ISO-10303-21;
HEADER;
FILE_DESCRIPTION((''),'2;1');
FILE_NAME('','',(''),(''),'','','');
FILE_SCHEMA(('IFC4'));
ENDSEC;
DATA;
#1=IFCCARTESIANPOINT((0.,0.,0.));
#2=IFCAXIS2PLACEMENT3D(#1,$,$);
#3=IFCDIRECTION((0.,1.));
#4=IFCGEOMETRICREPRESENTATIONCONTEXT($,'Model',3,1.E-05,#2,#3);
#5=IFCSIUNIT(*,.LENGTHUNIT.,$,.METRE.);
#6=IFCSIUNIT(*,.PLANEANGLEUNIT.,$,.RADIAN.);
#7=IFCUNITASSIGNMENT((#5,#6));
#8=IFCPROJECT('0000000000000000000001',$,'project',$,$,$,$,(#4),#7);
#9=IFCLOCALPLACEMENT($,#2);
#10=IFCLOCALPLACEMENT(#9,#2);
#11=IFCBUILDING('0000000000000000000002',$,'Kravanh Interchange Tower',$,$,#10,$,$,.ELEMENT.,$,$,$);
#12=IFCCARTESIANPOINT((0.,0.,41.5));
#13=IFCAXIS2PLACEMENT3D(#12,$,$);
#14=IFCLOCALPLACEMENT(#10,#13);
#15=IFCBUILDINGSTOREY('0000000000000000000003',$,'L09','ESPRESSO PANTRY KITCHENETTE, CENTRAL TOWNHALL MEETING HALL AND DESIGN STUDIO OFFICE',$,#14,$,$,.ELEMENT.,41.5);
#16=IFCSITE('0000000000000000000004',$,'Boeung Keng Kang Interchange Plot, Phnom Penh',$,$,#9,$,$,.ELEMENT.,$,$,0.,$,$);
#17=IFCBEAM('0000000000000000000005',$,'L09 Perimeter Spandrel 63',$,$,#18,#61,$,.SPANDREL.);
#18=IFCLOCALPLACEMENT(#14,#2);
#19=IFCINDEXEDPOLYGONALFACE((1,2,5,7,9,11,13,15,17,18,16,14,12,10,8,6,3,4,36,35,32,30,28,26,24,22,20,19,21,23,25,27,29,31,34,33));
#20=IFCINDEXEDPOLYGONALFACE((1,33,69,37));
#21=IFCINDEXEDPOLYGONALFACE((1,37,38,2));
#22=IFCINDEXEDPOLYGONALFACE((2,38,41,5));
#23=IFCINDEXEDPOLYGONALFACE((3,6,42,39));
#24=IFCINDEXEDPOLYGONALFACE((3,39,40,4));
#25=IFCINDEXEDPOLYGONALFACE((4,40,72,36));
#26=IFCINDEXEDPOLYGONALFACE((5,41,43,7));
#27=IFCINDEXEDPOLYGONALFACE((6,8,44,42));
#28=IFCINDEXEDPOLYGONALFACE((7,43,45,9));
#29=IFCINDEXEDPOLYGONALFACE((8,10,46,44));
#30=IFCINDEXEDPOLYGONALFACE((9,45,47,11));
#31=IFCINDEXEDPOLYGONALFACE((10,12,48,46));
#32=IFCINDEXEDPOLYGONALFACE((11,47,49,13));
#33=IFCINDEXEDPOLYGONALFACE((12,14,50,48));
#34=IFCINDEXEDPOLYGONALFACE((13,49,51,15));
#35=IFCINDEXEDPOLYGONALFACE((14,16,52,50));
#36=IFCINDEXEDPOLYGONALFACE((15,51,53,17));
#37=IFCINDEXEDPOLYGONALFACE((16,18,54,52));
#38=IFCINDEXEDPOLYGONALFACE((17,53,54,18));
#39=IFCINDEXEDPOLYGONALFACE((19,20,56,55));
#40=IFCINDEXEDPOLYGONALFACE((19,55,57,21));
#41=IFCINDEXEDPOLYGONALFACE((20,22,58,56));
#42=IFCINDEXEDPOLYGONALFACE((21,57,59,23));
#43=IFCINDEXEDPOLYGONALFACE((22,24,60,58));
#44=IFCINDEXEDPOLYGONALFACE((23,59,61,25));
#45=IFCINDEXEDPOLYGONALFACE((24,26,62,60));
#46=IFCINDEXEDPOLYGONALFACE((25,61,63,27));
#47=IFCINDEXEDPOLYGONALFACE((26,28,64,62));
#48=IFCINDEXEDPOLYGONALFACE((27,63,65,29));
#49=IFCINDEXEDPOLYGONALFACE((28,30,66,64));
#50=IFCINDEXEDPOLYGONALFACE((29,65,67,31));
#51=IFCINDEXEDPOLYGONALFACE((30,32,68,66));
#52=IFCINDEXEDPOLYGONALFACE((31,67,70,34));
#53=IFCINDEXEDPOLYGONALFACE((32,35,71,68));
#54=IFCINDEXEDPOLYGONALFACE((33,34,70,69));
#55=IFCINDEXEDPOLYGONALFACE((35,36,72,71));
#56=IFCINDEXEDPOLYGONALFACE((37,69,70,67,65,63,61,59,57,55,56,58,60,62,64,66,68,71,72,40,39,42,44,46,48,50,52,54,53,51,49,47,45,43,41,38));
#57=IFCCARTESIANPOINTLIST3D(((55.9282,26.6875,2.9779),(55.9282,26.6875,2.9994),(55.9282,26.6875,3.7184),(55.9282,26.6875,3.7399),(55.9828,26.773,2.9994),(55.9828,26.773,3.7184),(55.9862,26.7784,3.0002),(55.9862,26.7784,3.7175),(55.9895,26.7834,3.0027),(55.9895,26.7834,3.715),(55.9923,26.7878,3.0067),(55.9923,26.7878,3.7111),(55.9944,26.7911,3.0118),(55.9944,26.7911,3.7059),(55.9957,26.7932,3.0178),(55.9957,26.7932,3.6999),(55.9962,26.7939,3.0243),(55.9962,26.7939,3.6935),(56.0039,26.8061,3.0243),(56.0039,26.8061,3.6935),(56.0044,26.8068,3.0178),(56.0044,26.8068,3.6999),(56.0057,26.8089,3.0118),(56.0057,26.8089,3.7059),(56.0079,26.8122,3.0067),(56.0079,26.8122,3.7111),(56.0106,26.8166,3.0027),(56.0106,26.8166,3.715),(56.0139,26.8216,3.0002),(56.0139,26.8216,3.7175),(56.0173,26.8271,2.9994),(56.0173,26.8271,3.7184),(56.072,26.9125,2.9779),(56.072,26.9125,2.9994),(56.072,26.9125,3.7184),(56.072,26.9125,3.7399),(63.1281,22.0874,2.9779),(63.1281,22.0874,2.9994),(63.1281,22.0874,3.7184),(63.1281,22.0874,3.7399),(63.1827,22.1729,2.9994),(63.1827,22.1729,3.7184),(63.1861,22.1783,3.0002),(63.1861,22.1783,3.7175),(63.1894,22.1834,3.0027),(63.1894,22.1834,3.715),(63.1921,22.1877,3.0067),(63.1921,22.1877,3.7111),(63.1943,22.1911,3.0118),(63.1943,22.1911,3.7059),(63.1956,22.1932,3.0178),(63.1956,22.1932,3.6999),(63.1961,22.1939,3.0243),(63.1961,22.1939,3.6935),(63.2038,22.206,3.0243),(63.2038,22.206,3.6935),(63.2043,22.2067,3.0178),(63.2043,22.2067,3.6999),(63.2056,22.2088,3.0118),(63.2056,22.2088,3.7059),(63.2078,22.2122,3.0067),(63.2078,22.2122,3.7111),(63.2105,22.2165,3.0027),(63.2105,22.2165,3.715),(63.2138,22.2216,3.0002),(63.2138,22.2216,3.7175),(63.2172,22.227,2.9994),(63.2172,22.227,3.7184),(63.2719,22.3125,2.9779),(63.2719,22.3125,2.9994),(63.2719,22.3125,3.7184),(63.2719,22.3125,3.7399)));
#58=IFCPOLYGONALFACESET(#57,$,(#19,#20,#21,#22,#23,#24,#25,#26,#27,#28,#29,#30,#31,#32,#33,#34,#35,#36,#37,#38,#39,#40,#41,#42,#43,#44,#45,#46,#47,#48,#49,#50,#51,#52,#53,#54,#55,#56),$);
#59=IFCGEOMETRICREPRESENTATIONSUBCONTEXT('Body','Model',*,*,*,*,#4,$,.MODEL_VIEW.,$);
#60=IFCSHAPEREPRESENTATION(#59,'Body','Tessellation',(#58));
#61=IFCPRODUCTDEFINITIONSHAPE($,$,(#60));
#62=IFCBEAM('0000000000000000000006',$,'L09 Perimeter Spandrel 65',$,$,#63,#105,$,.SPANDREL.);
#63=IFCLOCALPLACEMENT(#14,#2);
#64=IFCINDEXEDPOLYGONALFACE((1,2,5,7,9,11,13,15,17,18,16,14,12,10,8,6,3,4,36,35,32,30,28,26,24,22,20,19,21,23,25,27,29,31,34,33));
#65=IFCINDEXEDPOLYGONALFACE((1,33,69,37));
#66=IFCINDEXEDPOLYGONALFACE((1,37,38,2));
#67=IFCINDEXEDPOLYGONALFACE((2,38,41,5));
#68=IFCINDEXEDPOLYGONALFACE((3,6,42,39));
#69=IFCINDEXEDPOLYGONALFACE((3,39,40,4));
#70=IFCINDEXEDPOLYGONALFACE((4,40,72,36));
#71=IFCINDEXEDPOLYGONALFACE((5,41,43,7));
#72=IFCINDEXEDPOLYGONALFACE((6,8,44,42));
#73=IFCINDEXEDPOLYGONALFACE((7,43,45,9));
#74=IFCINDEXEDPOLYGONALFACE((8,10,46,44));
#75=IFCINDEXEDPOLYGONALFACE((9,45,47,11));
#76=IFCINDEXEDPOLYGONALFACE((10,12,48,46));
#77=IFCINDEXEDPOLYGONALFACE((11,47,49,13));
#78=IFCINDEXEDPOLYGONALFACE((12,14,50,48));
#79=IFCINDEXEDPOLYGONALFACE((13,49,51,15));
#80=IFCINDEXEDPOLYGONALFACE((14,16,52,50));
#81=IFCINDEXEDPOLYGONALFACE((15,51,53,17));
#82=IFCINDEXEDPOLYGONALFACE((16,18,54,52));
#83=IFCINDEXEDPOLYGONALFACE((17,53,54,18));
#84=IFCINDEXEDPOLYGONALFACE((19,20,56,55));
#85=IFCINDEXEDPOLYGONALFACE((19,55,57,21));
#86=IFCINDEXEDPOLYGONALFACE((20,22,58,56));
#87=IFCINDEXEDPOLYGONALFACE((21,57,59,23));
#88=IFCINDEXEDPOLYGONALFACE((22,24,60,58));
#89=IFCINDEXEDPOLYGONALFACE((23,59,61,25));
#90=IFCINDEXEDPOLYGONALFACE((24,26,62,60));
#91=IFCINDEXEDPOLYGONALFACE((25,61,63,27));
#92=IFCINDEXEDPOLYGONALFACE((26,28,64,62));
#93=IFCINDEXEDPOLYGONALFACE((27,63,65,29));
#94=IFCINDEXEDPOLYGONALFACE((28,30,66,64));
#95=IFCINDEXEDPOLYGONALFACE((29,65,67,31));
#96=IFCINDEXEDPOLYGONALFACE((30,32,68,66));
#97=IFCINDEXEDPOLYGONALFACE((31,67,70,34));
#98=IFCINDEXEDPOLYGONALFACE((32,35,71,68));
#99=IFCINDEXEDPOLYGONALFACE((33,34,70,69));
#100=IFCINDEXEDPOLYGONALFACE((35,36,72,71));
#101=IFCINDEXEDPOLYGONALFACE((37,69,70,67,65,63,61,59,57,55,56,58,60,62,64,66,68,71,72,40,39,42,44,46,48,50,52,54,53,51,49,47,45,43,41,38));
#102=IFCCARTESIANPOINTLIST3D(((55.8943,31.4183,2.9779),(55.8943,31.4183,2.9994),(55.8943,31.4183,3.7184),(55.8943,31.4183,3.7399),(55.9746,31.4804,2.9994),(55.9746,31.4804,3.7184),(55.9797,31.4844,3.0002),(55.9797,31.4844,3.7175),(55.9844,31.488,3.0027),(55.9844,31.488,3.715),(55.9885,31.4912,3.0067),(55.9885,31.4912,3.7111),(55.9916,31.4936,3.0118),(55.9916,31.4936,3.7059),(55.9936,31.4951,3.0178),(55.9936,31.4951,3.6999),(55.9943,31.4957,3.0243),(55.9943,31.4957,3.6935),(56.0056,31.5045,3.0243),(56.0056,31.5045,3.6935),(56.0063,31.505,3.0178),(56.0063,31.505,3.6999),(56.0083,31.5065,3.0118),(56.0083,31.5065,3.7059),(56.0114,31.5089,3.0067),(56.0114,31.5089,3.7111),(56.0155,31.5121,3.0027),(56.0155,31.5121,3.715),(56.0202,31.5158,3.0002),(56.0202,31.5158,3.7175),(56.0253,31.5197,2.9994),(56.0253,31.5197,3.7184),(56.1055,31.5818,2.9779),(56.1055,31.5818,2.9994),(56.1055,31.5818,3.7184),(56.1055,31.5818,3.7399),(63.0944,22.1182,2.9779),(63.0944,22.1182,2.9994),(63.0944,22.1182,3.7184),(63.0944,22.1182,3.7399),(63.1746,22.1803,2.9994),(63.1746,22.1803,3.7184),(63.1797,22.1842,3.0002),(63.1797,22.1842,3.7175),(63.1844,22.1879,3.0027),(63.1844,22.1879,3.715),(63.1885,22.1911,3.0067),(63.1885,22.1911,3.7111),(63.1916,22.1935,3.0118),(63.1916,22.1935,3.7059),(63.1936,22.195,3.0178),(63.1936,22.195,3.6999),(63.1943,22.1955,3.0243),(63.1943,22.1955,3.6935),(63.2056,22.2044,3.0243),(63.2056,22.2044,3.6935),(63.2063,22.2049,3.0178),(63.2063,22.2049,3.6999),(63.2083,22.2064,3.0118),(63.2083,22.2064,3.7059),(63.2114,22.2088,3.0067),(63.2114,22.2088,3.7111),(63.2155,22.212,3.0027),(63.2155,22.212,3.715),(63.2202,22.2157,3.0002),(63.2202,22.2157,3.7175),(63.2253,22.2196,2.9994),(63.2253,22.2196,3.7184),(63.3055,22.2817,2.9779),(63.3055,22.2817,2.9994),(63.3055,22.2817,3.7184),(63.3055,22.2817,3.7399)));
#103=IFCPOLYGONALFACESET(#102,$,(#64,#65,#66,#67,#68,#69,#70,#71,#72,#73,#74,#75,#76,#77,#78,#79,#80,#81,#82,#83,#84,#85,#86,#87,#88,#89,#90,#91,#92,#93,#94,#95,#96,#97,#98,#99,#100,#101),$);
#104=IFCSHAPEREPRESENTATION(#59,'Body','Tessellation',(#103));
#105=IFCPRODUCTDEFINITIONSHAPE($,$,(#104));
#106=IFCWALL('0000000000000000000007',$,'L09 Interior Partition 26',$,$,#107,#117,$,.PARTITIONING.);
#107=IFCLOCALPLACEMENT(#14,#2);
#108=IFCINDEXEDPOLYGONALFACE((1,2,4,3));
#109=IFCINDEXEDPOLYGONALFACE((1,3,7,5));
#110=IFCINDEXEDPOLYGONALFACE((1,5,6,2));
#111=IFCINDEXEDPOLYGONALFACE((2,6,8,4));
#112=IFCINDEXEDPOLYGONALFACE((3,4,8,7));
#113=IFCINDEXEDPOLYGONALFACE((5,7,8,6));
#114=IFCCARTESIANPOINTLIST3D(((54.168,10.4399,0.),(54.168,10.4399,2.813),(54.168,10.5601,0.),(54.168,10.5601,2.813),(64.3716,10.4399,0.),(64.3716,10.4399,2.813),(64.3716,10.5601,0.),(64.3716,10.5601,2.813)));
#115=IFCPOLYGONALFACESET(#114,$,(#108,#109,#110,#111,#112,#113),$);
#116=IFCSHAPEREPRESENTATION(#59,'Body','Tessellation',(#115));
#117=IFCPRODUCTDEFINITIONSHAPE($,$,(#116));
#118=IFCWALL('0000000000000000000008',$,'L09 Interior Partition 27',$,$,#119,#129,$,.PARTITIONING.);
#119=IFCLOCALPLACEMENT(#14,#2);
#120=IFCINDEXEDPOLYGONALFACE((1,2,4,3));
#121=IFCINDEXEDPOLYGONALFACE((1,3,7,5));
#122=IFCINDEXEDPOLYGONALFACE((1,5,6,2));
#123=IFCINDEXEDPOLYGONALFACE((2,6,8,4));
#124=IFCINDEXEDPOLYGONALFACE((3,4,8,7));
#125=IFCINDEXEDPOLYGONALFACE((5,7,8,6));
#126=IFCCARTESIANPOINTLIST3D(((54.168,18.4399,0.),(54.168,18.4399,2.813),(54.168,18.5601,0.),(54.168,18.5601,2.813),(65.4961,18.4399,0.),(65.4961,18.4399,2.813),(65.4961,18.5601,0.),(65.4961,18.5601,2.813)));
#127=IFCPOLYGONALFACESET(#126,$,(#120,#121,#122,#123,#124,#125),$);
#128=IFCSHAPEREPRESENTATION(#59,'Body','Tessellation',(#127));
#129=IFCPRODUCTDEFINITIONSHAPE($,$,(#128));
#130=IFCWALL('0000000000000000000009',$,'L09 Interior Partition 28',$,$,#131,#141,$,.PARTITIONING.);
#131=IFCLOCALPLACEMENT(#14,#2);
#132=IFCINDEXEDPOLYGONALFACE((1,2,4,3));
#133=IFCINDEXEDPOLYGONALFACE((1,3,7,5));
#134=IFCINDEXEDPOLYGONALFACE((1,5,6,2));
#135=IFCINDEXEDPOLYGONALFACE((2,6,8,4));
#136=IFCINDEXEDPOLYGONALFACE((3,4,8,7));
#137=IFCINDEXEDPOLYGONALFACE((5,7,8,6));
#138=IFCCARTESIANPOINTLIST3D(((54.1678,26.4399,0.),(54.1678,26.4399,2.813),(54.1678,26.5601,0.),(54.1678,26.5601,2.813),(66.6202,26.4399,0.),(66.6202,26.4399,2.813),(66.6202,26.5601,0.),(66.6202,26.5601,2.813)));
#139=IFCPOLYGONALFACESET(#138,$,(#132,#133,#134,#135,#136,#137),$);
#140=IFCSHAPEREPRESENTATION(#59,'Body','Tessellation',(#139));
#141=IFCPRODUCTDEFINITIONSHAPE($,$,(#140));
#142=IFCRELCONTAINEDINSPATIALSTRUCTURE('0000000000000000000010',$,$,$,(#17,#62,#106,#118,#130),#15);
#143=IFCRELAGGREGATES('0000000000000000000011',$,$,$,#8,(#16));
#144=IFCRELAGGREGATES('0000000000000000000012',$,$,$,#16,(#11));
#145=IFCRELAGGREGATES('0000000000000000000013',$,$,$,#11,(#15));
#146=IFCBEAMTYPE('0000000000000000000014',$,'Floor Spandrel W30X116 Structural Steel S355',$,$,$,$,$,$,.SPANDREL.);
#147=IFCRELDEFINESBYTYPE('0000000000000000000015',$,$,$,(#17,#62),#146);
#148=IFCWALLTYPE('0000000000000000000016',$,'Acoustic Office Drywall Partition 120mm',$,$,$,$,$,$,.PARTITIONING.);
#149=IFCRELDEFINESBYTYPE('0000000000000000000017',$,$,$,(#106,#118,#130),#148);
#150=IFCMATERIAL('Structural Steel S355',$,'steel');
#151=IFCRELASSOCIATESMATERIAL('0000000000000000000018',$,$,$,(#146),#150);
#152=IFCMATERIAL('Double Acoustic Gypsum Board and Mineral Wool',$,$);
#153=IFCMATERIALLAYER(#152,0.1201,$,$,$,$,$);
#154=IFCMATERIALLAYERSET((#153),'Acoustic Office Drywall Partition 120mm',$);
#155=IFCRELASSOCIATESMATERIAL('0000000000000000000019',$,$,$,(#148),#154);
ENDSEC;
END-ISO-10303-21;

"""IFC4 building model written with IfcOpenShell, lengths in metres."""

from ifc_helpers import new_model, si_unit, direction, frame, frame_2d, origin, origin_2d, place, context, subcontext, project, spatial, rectangle, i_section, extrude, material, layer, layer_set, material_profile, profile_set, type_object, element, save


model = new_model("IFC4")

# Units and contexts
model_context = context("Model", 3, precision=1e-05, world=origin(), true_north=direction((0.0, 1.0)))
body_context = subcontext(model_context, "Body", "Model", "MODEL_VIEW")
ifc_project = project(units=[si_unit("LENGTHUNIT", "METRE"), si_unit("PLANEANGLEUNIT", "RADIAN")], contexts=[model_context])

# Site, building, storey
site_placement = place(None, origin())
site = spatial("IfcSite", under=ifc_project, at=site_placement, Name="Boeung Keng Kang Interchange Plot, Phnom Penh", CompositionType="ELEMENT", RefElevation=0.0)
building_placement = place(site_placement, origin())
building = spatial("IfcBuilding", under=site, at=building_placement, Name="Kravanh Interchange Tower", CompositionType="ELEMENT")
storey_placement = place(building_placement, frame((0.0, 0.0, 41.5)))
storey = spatial("IfcBuildingStorey", under=building, at=storey_placement, Name="L09", Description="ESPRESSO PANTRY KITCHENETTE, CENTRAL TOWNHALL MEETING HALL AND DESIGN STUDIO OFFICE", CompositionType="ELEMENT", Elevation=41.5)

# Beams
ifc_material_1 = material(Name="Structural Steel S355", Category="steel")
ifc_material_profile_1 = material_profile(ifc_material_1, i_section(OverallWidth=0.2671, OverallDepth=0.762, WebThickness=0.0144, FlangeThickness=0.0215, FilletRadius=0.0249, at=origin_2d()), Name="W30X116")
ifc_profile_set_1 = profile_set([ifc_material_profile_1], Name="Structural Steel S355")
beam_type_1 = type_object("IfcBeamType", Name="Floor Spandrel W30X116 Structural Steel S355", PredefinedType="SPANDREL", material=ifc_profile_set_1)
beam_1_placement = place(storey_placement, frame((63.2, 22.2, 3.3589), z_axis=(-0.842689, 0.5384, 0.0), x_axis=(-0.5384, -0.842689, 0.0)))
element("IfcBeam", 1, at=beam_1_placement, inside=storey, type_object=beam_type_1, Name="L09 Perimeter Spandrel 63", PredefinedType="SPANDREL", context=body_context, shape_type="SweptSolid", body=[
    extrude(i_section(OverallWidth=0.2671, OverallDepth=0.762, WebThickness=0.0144, FlangeThickness=0.0215, FilletRadius=0.0249, at=origin_2d()), origin(), (0.0, 0.0, 1.0), 8.5439),
])
beam_2_placement = place(storey_placement, frame((63.2, 22.2, 3.3589), z_axis=(-0.612169, 0.790727, 0.0), x_axis=(-0.790727, -0.612169, 0.0)))
element("IfcBeam", 2, at=beam_2_placement, inside=storey, type_object=beam_type_1, Name="L09 Perimeter Spandrel 65", PredefinedType="SPANDREL", context=body_context, shape_type="SweptSolid", body=[
    extrude(i_section(OverallWidth=0.2671, OverallDepth=0.762, WebThickness=0.0144, FlangeThickness=0.0215, FilletRadius=0.0249, at=origin_2d()), origin(), (0.0, 0.0, 1.0), 11.7615),
])

# Walls
ifc_material_2 = material(Name="Double Acoustic Gypsum Board and Mineral Wool")
ifc_layer_1 = layer(ifc_material_2, 0.1201)
ifc_layer_set_1 = layer_set([ifc_layer_1], Name="Acoustic Office Drywall Partition 120mm")
wall_type = type_object("IfcWallType", Name="Acoustic Office Drywall Partition 120mm", PredefinedType="PARTITIONING", material=ifc_layer_set_1)
wall_1_placement = place(storey_placement, frame((54.168, 10.5, 0.0), z_axis=(0.0, 0.0, 1.0), x_axis=(1.0, 0.0, 0.0)))
element("IfcWall", 3, at=wall_1_placement, inside=storey, type_object=wall_type, Name="L09 Interior Partition 26", PredefinedType="PARTITIONING", context=body_context, shape_type="SweptSolid", body=[
    extrude(rectangle(XDim=10.2036, YDim=0.1201, at=frame_2d((5.1018, 0.0))), origin(), (0.0, 0.0, 1.0), 2.813),
])
wall_2_placement = place(storey_placement, frame((54.168, 18.5, 0.0), z_axis=(0.0, 0.0, 1.0), x_axis=(1.0, 0.0, 0.0)))
element("IfcWall", 4, at=wall_2_placement, inside=storey, type_object=wall_type, Name="L09 Interior Partition 27", PredefinedType="PARTITIONING", context=body_context, shape_type="SweptSolid", body=[
    extrude(rectangle(XDim=11.3281, YDim=0.1201, at=frame_2d((5.6641, 0.0))), origin(), (0.0, 0.0, 1.0), 2.813),
])
wall_3_placement = place(storey_placement, frame((54.168, 26.5, 0.0), z_axis=(0.0, 0.0, 1.0), x_axis=(1.0, 0.0, 0.0)))
element("IfcWall", 5, at=wall_3_placement, inside=storey, type_object=wall_type, Name="L09 Interior Partition 28", PredefinedType="PARTITIONING", context=body_context, shape_type="SweptSolid", body=[
    extrude(rectangle(XDim=12.4524, YDim=0.1201, at=frame_2d((6.2261, 0.0))), origin(), (0.0, 0.0, 1.0), 2.813),
])

save(model, "model.ifc")
